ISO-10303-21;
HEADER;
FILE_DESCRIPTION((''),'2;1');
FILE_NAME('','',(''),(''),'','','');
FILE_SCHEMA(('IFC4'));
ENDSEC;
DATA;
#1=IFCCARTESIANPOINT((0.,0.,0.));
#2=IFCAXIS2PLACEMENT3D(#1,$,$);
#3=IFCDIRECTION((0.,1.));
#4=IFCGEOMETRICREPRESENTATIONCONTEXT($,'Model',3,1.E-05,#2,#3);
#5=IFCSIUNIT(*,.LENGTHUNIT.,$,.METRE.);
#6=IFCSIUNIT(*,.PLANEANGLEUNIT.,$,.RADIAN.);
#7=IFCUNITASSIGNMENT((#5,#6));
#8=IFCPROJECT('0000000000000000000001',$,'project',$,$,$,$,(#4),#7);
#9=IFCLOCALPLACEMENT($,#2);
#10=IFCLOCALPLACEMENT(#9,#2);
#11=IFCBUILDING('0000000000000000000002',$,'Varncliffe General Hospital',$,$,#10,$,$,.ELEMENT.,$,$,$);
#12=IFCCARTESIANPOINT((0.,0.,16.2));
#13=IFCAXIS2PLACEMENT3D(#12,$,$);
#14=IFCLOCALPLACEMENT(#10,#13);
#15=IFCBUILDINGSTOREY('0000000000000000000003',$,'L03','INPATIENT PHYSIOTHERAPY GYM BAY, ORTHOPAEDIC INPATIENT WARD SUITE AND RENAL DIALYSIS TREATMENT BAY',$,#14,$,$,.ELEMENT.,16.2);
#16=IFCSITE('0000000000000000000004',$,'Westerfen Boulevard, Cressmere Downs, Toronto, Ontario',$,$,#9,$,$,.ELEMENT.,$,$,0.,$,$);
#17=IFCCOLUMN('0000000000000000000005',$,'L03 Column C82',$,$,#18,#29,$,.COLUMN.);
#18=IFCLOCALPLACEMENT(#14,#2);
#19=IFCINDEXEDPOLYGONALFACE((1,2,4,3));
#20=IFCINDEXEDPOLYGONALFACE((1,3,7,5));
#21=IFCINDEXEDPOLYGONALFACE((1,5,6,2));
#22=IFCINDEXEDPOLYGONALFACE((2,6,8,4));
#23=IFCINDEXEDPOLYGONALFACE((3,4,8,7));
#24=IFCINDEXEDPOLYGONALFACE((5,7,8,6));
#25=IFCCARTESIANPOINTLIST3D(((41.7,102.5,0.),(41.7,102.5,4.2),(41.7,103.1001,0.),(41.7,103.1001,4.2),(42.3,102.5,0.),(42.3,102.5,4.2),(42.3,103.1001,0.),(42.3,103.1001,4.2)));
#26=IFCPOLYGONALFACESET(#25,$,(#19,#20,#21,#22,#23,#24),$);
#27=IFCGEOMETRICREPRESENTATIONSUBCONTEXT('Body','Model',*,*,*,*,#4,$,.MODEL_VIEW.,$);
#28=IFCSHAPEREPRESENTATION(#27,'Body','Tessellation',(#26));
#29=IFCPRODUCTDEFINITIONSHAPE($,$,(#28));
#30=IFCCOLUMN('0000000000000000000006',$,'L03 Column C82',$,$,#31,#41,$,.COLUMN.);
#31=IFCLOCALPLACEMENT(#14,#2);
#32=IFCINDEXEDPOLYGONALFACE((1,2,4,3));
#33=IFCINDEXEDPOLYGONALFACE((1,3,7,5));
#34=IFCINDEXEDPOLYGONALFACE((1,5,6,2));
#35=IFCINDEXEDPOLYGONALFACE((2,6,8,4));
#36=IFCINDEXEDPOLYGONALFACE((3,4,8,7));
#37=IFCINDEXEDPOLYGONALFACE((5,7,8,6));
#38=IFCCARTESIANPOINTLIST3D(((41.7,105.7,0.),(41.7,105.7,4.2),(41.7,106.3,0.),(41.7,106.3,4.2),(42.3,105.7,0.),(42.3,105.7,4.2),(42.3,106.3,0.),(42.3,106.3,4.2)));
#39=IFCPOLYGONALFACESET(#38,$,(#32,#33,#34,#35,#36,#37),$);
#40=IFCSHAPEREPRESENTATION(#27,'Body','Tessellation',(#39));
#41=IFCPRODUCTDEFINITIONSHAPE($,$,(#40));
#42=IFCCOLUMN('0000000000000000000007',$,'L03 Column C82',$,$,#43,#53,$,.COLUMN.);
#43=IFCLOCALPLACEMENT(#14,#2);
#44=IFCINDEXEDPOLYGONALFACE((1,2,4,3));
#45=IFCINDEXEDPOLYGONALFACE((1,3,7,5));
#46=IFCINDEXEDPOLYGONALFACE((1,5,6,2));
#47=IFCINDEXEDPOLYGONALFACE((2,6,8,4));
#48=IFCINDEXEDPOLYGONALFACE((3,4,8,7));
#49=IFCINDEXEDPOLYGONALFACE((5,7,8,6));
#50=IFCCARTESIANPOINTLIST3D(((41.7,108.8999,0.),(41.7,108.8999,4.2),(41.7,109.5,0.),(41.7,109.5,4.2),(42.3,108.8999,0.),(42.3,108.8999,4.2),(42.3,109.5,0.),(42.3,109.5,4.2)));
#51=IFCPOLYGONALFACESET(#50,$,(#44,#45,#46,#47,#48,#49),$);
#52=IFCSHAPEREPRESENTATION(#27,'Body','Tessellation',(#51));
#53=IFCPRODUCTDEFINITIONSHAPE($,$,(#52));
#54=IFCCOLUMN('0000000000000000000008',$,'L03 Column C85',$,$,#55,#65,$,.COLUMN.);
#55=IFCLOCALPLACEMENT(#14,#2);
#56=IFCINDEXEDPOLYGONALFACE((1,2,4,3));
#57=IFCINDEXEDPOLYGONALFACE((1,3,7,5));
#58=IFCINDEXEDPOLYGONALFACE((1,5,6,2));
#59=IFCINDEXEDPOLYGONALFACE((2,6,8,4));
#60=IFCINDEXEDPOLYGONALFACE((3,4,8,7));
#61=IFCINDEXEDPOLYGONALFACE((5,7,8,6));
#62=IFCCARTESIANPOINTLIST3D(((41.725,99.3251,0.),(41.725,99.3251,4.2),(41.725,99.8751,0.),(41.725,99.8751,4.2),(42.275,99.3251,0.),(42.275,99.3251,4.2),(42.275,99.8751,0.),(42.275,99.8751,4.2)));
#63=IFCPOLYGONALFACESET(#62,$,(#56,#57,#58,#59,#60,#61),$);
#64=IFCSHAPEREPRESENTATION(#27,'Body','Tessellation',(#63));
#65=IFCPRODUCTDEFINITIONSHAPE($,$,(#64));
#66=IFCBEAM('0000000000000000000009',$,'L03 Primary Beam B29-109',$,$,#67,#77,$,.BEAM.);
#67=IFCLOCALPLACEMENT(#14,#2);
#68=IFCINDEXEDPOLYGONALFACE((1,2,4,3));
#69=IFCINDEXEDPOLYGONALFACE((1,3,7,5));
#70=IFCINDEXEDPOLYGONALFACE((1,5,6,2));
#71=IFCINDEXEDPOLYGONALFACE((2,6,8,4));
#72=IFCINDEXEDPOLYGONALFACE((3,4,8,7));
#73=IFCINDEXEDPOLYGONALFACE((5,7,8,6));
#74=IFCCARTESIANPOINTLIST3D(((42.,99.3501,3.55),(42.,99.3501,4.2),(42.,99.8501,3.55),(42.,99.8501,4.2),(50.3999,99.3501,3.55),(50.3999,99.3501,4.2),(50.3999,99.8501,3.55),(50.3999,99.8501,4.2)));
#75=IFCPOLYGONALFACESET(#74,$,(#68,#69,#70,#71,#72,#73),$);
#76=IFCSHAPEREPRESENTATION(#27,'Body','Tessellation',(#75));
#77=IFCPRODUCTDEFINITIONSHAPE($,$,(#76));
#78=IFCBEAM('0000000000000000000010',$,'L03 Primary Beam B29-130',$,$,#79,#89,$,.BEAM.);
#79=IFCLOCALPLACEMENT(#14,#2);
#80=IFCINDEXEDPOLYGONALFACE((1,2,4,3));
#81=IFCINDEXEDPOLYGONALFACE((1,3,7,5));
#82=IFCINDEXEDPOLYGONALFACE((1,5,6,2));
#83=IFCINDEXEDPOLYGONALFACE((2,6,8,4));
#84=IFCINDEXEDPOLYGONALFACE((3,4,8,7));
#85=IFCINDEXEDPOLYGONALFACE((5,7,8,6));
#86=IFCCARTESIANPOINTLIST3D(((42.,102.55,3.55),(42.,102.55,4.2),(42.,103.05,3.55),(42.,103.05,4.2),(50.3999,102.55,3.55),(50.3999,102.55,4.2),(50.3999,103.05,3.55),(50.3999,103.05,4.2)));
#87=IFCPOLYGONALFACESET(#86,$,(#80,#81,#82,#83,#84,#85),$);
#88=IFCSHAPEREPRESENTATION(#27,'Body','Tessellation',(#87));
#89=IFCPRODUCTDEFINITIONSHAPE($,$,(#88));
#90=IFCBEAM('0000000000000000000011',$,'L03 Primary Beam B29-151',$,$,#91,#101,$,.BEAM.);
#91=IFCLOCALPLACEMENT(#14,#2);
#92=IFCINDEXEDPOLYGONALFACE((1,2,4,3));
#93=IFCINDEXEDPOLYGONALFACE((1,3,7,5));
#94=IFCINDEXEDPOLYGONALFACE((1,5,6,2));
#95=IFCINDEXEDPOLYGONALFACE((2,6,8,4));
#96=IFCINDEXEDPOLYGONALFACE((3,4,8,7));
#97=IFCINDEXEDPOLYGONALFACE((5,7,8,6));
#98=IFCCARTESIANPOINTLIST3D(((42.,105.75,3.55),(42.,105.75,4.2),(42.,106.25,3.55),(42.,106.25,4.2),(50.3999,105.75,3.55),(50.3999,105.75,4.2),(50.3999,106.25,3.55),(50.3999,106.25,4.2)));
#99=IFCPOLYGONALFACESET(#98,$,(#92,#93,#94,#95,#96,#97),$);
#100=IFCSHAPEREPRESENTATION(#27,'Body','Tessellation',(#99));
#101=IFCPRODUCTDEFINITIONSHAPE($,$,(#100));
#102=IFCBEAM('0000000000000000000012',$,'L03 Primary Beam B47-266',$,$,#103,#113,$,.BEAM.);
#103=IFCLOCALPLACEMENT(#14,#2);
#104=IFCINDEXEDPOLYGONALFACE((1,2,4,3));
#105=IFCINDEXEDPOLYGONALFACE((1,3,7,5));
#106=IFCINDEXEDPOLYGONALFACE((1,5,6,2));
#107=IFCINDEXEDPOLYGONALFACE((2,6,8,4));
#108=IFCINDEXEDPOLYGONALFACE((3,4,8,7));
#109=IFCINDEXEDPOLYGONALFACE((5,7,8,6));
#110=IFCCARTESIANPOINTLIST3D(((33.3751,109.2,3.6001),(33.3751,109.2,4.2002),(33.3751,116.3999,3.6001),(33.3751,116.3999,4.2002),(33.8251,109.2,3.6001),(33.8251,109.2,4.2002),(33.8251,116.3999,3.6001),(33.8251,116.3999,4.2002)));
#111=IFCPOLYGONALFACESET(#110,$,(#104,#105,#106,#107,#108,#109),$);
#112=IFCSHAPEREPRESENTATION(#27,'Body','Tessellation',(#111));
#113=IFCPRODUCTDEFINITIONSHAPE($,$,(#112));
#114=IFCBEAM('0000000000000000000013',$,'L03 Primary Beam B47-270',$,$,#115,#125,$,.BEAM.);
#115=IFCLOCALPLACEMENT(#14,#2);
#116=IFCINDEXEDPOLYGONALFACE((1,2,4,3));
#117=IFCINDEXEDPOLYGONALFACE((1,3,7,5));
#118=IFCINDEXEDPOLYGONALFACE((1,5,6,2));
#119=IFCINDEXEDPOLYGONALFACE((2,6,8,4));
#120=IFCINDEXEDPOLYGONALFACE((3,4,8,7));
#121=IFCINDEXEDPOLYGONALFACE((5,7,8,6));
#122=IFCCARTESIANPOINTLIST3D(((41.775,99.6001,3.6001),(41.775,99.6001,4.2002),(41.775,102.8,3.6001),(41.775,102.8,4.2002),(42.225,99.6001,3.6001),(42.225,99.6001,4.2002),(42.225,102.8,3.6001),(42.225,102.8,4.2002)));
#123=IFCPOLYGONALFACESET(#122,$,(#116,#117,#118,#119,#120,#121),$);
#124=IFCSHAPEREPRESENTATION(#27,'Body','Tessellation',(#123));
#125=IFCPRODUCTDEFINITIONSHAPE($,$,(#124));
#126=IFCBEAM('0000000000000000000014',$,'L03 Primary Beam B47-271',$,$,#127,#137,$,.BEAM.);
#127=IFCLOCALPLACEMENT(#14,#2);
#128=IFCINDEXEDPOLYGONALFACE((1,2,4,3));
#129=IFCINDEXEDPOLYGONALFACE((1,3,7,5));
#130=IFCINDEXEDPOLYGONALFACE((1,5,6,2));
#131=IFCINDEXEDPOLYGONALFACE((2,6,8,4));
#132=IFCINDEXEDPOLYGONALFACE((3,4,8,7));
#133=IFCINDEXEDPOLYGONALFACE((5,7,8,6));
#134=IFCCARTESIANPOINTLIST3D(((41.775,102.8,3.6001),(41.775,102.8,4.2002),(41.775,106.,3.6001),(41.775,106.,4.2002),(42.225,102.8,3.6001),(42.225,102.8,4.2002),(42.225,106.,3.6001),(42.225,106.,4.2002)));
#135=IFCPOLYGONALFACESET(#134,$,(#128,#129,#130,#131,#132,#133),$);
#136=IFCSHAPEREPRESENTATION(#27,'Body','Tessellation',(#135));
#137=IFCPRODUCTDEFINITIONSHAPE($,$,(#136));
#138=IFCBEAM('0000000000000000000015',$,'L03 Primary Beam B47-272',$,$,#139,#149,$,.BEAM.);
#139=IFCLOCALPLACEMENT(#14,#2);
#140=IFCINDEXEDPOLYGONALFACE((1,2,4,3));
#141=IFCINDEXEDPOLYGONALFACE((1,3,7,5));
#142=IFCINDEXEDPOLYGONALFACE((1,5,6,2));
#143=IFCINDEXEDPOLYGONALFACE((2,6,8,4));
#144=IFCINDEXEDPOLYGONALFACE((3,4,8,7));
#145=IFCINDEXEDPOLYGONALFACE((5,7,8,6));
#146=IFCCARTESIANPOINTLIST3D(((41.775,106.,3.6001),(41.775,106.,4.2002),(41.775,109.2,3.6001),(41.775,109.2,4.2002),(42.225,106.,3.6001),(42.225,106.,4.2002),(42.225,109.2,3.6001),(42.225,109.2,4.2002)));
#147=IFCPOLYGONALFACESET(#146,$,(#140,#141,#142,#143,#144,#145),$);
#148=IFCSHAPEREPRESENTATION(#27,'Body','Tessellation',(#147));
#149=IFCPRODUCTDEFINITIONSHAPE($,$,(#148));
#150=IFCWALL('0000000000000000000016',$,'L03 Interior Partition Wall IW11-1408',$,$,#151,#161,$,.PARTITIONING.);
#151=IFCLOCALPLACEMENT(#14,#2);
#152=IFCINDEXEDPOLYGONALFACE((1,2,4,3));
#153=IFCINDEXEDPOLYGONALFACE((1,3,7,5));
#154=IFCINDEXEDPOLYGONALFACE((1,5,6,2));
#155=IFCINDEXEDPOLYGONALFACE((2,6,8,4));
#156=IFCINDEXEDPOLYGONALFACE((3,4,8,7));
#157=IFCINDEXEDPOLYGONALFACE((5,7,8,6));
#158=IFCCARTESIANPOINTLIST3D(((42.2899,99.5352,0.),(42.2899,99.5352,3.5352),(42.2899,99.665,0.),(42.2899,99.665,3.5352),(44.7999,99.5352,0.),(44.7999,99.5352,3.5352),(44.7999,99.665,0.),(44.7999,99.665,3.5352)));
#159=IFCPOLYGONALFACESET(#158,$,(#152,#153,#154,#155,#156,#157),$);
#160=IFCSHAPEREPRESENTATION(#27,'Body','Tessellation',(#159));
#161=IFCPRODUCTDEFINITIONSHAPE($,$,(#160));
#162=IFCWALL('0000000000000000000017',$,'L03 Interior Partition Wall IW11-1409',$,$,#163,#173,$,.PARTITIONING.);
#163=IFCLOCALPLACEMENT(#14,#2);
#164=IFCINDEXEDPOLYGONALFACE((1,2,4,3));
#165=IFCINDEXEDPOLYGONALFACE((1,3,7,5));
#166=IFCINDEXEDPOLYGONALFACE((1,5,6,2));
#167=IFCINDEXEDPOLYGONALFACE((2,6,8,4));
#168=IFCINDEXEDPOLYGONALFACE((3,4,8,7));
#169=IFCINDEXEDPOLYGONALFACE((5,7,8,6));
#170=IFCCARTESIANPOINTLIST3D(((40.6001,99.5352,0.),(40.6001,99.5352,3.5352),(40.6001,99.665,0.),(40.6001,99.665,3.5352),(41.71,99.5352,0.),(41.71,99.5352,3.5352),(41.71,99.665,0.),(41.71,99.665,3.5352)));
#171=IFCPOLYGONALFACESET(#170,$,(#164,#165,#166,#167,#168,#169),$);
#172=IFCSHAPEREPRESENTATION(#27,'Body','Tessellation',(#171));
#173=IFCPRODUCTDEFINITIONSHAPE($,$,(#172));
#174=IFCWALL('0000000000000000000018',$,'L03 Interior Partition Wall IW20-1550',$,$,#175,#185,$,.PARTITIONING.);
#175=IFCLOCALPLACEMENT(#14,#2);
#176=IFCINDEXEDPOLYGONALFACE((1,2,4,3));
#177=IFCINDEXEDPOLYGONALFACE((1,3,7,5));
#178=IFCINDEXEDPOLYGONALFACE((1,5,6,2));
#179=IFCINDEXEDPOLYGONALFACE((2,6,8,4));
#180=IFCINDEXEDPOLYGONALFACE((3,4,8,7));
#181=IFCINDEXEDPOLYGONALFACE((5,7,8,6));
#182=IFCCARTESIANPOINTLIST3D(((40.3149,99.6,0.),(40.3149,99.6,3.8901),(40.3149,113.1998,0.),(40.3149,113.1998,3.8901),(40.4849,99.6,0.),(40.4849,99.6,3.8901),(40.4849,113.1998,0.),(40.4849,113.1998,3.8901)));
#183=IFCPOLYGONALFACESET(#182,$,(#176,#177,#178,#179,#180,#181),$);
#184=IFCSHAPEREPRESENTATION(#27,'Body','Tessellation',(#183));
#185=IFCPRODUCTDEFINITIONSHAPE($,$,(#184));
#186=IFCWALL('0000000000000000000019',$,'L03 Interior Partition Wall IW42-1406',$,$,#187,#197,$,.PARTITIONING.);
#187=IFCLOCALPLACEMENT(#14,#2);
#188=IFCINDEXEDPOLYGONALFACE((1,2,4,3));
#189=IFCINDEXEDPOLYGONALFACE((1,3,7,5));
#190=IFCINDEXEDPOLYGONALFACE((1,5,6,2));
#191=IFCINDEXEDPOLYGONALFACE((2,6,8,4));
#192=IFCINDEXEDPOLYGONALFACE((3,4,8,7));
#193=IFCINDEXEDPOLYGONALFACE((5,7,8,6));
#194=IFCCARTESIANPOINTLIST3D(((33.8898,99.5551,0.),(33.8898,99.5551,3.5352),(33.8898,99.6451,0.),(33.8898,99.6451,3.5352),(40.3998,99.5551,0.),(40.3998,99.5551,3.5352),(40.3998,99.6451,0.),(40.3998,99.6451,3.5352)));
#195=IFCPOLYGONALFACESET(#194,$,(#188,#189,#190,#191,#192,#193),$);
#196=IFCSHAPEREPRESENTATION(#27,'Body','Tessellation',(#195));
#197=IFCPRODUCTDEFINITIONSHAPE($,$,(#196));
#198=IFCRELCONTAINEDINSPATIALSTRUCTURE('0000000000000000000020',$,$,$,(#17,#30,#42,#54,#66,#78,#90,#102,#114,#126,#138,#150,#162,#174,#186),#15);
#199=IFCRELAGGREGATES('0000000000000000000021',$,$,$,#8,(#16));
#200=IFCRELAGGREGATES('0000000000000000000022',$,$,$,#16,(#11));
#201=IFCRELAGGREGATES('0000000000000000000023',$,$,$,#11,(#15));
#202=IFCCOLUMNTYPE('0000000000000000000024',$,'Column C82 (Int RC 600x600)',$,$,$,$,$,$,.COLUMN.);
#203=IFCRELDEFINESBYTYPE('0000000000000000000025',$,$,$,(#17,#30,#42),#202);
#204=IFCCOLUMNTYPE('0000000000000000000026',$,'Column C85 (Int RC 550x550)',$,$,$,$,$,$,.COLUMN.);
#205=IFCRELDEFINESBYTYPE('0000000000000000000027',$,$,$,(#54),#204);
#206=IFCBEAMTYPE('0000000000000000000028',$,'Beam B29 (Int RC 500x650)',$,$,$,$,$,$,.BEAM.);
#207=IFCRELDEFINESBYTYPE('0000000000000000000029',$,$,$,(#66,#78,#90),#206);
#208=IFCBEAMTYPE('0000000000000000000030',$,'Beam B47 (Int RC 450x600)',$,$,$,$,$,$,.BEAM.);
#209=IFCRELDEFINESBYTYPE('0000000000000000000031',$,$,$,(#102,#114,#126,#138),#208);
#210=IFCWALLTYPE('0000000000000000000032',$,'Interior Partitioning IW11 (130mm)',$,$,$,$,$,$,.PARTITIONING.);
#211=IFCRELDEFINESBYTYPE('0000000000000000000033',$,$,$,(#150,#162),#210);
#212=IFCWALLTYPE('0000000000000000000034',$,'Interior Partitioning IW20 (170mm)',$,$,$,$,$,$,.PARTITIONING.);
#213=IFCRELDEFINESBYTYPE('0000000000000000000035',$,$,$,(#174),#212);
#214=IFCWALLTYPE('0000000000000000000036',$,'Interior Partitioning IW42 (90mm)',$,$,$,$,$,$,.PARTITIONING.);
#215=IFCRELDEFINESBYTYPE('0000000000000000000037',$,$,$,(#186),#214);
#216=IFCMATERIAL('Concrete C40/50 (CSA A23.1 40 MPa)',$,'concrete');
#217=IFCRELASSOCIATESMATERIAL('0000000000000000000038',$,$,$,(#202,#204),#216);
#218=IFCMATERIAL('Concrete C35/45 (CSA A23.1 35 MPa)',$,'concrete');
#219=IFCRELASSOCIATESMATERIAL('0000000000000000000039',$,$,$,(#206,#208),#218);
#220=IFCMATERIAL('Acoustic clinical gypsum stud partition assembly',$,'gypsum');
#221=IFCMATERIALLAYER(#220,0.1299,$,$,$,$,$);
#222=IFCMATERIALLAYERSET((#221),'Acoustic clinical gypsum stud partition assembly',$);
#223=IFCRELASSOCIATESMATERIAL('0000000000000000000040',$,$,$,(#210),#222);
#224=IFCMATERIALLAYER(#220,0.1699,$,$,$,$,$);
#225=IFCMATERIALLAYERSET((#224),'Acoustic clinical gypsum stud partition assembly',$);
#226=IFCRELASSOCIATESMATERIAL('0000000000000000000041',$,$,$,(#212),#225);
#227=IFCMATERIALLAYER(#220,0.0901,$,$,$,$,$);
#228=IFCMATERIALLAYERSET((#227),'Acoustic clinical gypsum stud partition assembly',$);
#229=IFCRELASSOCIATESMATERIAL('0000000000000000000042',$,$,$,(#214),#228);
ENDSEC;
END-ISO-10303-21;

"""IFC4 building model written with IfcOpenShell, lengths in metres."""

from ifc_helpers import new_model, si_unit, direction, frame, frame_2d, origin, origin_2d, place, context, subcontext, project, spatial, rectangle, extrude, material, layer, layer_set, material_profile, profile_set, type_object, element, save


model = new_model("IFC4")

# Units and contexts
model_context = context("Model", 3, precision=1e-05, world=origin(), true_north=direction((0.0, 1.0)))
body_context = subcontext(model_context, "Body", "Model", "MODEL_VIEW")
ifc_project = project(units=[si_unit("LENGTHUNIT", "METRE"), si_unit("PLANEANGLEUNIT", "RADIAN")], contexts=[model_context])

# Site, building, storey
site_placement = place(None, origin())
site = spatial("IfcSite", under=ifc_project, at=site_placement, Name="Westerfen Boulevard, Cressmere Downs, Toronto, Ontario", CompositionType="ELEMENT", RefElevation=0.0)
building_placement = place(site_placement, origin())
building = spatial("IfcBuilding", under=site, at=building_placement, Name="Varncliffe General Hospital", CompositionType="ELEMENT")
storey_placement = place(building_placement, frame((0.0, 0.0, 16.2)))
storey = spatial("IfcBuildingStorey", under=building, at=storey_placement, Name="L03", Description="INPATIENT PHYSIOTHERAPY GYM BAY, ORTHOPAEDIC INPATIENT WARD SUITE AND RENAL DIALYSIS TREATMENT BAY", CompositionType="ELEMENT", Elevation=16.2)

# Columns
ifc_material_1 = material(Name="Concrete C40/50 (CSA A23.1 40 MPa)", Category="concrete")
ifc_material_profile_1 = material_profile(ifc_material_1, rectangle(XDim=0.6001, YDim=0.6001, at=origin_2d()), Name="RC 600x600")
ifc_profile_set_1 = profile_set([ifc_material_profile_1], Name="Concrete C40/50 (CSA A23.1 40 MPa)")
column_type_1 = type_object("IfcColumnType", Name="Column C82 (Int RC 600x600)", PredefinedType="COLUMN", material=ifc_profile_set_1)
for number, where, z_axis, x_axis, name in (
    (1, (42.0, 102.8, 0.0), (0.0, 0.0, 1.0), (1.0, 0.0, 0.0), "L03 Column C82"),
    (2, (42.0, 106.0, 0.0), (0.0, 0.0, 1.0), (1.0, 0.0, 0.0), "L03 Column C82"),
    (3, (42.0, 109.2, 0.0), (0.0, 0.0, 1.0), (1.0, 0.0, 0.0), "L03 Column C82"),
):
    element("IfcColumn", number, at=place(storey_placement, frame(where, z_axis=z_axis, x_axis=x_axis)), inside=storey, type_object=column_type_1, Name=name, PredefinedType="COLUMN", context=body_context, shape_type="SweptSolid", body=[
        extrude(rectangle(XDim=0.6001, YDim=0.6001, at=origin_2d()), origin(), (0.0, 0.0, 1.0), 4.2),
    ])
ifc_material_profile_2 = material_profile(ifc_material_1, rectangle(XDim=0.55, YDim=0.55, at=origin_2d()), Name="RC 550x550")
ifc_profile_set_2 = profile_set([ifc_material_profile_2], Name="Concrete C40/50 (CSA A23.1 40 MPa)")
column_type_2 = type_object("IfcColumnType", Name="Column C85 (Int RC 550x550)", PredefinedType="COLUMN", material=ifc_profile_set_2)
column_placement = place(storey_placement, frame((42.0, 99.6001, 0.0), z_axis=(0.0, 0.0, 1.0), x_axis=(1.0, 0.0, 0.0)))
element("IfcColumn", 4, at=column_placement, inside=storey, type_object=column_type_2, Name="L03 Column C85", PredefinedType="COLUMN", context=body_context, shape_type="SweptSolid", body=[
    extrude(rectangle(XDim=0.55, YDim=0.55, at=origin_2d()), origin(), (0.0, 0.0, 1.0), 4.2),
])

# Beams
ifc_material_2 = material(Name="Concrete C35/45 (CSA A23.1 35 MPa)", Category="concrete")
ifc_material_profile_3 = material_profile(ifc_material_2, rectangle(XDim=0.5, YDim=0.6499, at=origin_2d()), Name="RC 500x650")
ifc_profile_set_3 = profile_set([ifc_material_profile_3], Name="Concrete C35/45 (CSA A23.1 35 MPa)")
beam_type_1 = type_object("IfcBeamType", Name="Beam B29 (Int RC 500x650)", PredefinedType="BEAM", material=ifc_profile_set_3)
for number, where, z_axis, x_axis, name in (
    (5, (42.0, 99.6001, 3.875), (1.0, 0.0, 0.0), (0.0, 1.0, 0.0), "L03 Primary Beam B29-109"),
    (6, (42.0, 102.8, 3.875), (1.0, 0.0, 0.0), (0.0, 1.0, 0.0), "L03 Primary Beam B29-130"),
    (7, (42.0, 106.0, 3.875), (1.0, 0.0, 0.0), (0.0, 1.0, 0.0), "L03 Primary Beam B29-151"),
):
    element("IfcBeam", number, at=place(storey_placement, frame(where, z_axis=z_axis, x_axis=x_axis)), inside=storey, type_object=beam_type_1, Name=name, PredefinedType="BEAM", context=body_context, shape_type="SweptSolid", body=[
        extrude(rectangle(XDim=0.5, YDim=0.6499, at=origin_2d()), origin(), (0.0, 0.0, 1.0), 8.3999),
    ])
ifc_material_profile_4 = material_profile(ifc_material_2, rectangle(XDim=0.45, YDim=0.6001, at=origin_2d()), Name="RC 450x600")
ifc_profile_set_4 = profile_set([ifc_material_profile_4], Name="Concrete C35/45 (CSA A23.1 35 MPa)")
beam_type_2 = type_object("IfcBeamType", Name="Beam B47 (Int RC 450x600)", PredefinedType="BEAM", material=ifc_profile_set_4)
beam_placement = place(storey_placement, frame((33.6001, 109.2, 3.9001), z_axis=(0.0, 1.0, 0.0), x_axis=(-1.0, 0.0, 0.0)))
element("IfcBeam", 8, at=beam_placement, inside=storey, type_object=beam_type_2, Name="L03 Primary Beam B47-266", PredefinedType="BEAM", context=body_context, shape_type="SweptSolid", body=[
    extrude(rectangle(XDim=0.45, YDim=0.6001, at=origin_2d()), origin(), (0.0, 0.0, 1.0), 7.2),
])
for number, where, z_axis, x_axis, name in (
    (9, (42.0, 99.6001, 3.9001), (0.0, 1.0, 0.0), (-1.0, 0.0, 0.0), "L03 Primary Beam B47-270"),
    (10, (42.0, 102.8, 3.9001), (0.0, 1.0, 0.0), (-1.0, 0.0, 0.0), "L03 Primary Beam B47-271"),
    (11, (42.0, 106.0, 3.9001), (0.0, 1.0, 0.0), (-1.0, 0.0, 0.0), "L03 Primary Beam B47-272"),
):
    element("IfcBeam", number, at=place(storey_placement, frame(where, z_axis=z_axis, x_axis=x_axis)), inside=storey, type_object=beam_type_2, Name=name, PredefinedType="BEAM", context=body_context, shape_type="SweptSolid", body=[
        extrude(rectangle(XDim=0.45, YDim=0.6001, at=origin_2d()), origin(), (0.0, 0.0, 1.0), 3.2),
    ])

# Walls
ifc_material_3 = material(Name="Acoustic clinical gypsum stud partition assembly", Category="gypsum")
ifc_layer_1 = layer(ifc_material_3, 0.1299)
ifc_layer_set_1 = layer_set([ifc_layer_1], Name="Acoustic clinical gypsum stud partition assembly")
wall_type_1 = type_object("IfcWallType", Name="Interior Partitioning IW11 (130mm)", PredefinedType="PARTITIONING", material=ifc_layer_set_1)
wall_1_placement = place(storey_placement, frame((42.29, 99.6001, 0.0), z_axis=(0.0, 0.0, 1.0), x_axis=(1.0, 0.0, 0.0)))
element("IfcWall", 12, at=wall_1_placement, inside=storey, type_object=wall_type_1, Name="L03 Interior Partition Wall IW11-1408", PredefinedType="PARTITIONING", context=body_context, shape_type="SweptSolid", body=[
    extrude(rectangle(XDim=2.51, YDim=0.1299, at=frame_2d((1.2549, 0.0))), origin(), (0.0, 0.0, 1.0), 3.5352),
])
wall_2_placement = place(storey_placement, frame((40.6001, 99.6001, 0.0), z_axis=(0.0, 0.0, 1.0), x_axis=(1.0, 0.0, 0.0)))
element("IfcWall", 13, at=wall_2_placement, inside=storey, type_object=wall_type_1, Name="L03 Interior Partition Wall IW11-1409", PredefinedType="PARTITIONING", context=body_context, shape_type="SweptSolid", body=[
    extrude(rectangle(XDim=1.1099, YDim=0.1299, at=frame_2d((0.5549, 0.0))), origin(), (0.0, 0.0, 1.0), 3.5352),
])
ifc_layer_2 = layer(ifc_material_3, 0.1699)
ifc_layer_set_2 = layer_set([ifc_layer_2], Name="Acoustic clinical gypsum stud partition assembly")
wall_type_2 = type_object("IfcWallType", Name="Interior Partitioning IW20 (170mm)", PredefinedType="PARTITIONING", material=ifc_layer_set_2)
wall_3_placement = place(storey_placement, frame((40.3999, 99.6001, 0.0), z_axis=(0.0, 0.0, 1.0), x_axis=(0.0, 1.0, 0.0)))
element("IfcWall", 14, at=wall_3_placement, inside=storey, type_object=wall_type_2, Name="L03 Interior Partition Wall IW20-1550", PredefinedType="PARTITIONING", context=body_context, shape_type="SweptSolid", body=[
    extrude(rectangle(XDim=13.5999, YDim=0.1699, at=frame_2d((6.7998, 0.0))), origin(), (0.0, 0.0, 1.0), 3.8901),
])
ifc_layer_3 = layer(ifc_material_3, 0.0901)
ifc_layer_set_3 = layer_set([ifc_layer_3], Name="Acoustic clinical gypsum stud partition assembly")
wall_type_3 = type_object("IfcWallType", Name="Interior Partitioning IW42 (90mm)", PredefinedType="PARTITIONING", material=ifc_layer_set_3)
wall_4_placement = place(storey_placement, frame((33.8899, 99.6001, 0.0), z_axis=(0.0, 0.0, 1.0), x_axis=(1.0, 0.0, 0.0)))
element("IfcWall", 15, at=wall_4_placement, inside=storey, type_object=wall_type_3, Name="L03 Interior Partition Wall IW42-1406", PredefinedType="PARTITIONING", context=body_context, shape_type="SweptSolid", body=[
    extrude(rectangle(XDim=6.51, YDim=0.0901, at=frame_2d((3.2549, 0.0))), origin(), (0.0, 0.0, 1.0), 3.5352),
])

save(model, "model.ifc")
